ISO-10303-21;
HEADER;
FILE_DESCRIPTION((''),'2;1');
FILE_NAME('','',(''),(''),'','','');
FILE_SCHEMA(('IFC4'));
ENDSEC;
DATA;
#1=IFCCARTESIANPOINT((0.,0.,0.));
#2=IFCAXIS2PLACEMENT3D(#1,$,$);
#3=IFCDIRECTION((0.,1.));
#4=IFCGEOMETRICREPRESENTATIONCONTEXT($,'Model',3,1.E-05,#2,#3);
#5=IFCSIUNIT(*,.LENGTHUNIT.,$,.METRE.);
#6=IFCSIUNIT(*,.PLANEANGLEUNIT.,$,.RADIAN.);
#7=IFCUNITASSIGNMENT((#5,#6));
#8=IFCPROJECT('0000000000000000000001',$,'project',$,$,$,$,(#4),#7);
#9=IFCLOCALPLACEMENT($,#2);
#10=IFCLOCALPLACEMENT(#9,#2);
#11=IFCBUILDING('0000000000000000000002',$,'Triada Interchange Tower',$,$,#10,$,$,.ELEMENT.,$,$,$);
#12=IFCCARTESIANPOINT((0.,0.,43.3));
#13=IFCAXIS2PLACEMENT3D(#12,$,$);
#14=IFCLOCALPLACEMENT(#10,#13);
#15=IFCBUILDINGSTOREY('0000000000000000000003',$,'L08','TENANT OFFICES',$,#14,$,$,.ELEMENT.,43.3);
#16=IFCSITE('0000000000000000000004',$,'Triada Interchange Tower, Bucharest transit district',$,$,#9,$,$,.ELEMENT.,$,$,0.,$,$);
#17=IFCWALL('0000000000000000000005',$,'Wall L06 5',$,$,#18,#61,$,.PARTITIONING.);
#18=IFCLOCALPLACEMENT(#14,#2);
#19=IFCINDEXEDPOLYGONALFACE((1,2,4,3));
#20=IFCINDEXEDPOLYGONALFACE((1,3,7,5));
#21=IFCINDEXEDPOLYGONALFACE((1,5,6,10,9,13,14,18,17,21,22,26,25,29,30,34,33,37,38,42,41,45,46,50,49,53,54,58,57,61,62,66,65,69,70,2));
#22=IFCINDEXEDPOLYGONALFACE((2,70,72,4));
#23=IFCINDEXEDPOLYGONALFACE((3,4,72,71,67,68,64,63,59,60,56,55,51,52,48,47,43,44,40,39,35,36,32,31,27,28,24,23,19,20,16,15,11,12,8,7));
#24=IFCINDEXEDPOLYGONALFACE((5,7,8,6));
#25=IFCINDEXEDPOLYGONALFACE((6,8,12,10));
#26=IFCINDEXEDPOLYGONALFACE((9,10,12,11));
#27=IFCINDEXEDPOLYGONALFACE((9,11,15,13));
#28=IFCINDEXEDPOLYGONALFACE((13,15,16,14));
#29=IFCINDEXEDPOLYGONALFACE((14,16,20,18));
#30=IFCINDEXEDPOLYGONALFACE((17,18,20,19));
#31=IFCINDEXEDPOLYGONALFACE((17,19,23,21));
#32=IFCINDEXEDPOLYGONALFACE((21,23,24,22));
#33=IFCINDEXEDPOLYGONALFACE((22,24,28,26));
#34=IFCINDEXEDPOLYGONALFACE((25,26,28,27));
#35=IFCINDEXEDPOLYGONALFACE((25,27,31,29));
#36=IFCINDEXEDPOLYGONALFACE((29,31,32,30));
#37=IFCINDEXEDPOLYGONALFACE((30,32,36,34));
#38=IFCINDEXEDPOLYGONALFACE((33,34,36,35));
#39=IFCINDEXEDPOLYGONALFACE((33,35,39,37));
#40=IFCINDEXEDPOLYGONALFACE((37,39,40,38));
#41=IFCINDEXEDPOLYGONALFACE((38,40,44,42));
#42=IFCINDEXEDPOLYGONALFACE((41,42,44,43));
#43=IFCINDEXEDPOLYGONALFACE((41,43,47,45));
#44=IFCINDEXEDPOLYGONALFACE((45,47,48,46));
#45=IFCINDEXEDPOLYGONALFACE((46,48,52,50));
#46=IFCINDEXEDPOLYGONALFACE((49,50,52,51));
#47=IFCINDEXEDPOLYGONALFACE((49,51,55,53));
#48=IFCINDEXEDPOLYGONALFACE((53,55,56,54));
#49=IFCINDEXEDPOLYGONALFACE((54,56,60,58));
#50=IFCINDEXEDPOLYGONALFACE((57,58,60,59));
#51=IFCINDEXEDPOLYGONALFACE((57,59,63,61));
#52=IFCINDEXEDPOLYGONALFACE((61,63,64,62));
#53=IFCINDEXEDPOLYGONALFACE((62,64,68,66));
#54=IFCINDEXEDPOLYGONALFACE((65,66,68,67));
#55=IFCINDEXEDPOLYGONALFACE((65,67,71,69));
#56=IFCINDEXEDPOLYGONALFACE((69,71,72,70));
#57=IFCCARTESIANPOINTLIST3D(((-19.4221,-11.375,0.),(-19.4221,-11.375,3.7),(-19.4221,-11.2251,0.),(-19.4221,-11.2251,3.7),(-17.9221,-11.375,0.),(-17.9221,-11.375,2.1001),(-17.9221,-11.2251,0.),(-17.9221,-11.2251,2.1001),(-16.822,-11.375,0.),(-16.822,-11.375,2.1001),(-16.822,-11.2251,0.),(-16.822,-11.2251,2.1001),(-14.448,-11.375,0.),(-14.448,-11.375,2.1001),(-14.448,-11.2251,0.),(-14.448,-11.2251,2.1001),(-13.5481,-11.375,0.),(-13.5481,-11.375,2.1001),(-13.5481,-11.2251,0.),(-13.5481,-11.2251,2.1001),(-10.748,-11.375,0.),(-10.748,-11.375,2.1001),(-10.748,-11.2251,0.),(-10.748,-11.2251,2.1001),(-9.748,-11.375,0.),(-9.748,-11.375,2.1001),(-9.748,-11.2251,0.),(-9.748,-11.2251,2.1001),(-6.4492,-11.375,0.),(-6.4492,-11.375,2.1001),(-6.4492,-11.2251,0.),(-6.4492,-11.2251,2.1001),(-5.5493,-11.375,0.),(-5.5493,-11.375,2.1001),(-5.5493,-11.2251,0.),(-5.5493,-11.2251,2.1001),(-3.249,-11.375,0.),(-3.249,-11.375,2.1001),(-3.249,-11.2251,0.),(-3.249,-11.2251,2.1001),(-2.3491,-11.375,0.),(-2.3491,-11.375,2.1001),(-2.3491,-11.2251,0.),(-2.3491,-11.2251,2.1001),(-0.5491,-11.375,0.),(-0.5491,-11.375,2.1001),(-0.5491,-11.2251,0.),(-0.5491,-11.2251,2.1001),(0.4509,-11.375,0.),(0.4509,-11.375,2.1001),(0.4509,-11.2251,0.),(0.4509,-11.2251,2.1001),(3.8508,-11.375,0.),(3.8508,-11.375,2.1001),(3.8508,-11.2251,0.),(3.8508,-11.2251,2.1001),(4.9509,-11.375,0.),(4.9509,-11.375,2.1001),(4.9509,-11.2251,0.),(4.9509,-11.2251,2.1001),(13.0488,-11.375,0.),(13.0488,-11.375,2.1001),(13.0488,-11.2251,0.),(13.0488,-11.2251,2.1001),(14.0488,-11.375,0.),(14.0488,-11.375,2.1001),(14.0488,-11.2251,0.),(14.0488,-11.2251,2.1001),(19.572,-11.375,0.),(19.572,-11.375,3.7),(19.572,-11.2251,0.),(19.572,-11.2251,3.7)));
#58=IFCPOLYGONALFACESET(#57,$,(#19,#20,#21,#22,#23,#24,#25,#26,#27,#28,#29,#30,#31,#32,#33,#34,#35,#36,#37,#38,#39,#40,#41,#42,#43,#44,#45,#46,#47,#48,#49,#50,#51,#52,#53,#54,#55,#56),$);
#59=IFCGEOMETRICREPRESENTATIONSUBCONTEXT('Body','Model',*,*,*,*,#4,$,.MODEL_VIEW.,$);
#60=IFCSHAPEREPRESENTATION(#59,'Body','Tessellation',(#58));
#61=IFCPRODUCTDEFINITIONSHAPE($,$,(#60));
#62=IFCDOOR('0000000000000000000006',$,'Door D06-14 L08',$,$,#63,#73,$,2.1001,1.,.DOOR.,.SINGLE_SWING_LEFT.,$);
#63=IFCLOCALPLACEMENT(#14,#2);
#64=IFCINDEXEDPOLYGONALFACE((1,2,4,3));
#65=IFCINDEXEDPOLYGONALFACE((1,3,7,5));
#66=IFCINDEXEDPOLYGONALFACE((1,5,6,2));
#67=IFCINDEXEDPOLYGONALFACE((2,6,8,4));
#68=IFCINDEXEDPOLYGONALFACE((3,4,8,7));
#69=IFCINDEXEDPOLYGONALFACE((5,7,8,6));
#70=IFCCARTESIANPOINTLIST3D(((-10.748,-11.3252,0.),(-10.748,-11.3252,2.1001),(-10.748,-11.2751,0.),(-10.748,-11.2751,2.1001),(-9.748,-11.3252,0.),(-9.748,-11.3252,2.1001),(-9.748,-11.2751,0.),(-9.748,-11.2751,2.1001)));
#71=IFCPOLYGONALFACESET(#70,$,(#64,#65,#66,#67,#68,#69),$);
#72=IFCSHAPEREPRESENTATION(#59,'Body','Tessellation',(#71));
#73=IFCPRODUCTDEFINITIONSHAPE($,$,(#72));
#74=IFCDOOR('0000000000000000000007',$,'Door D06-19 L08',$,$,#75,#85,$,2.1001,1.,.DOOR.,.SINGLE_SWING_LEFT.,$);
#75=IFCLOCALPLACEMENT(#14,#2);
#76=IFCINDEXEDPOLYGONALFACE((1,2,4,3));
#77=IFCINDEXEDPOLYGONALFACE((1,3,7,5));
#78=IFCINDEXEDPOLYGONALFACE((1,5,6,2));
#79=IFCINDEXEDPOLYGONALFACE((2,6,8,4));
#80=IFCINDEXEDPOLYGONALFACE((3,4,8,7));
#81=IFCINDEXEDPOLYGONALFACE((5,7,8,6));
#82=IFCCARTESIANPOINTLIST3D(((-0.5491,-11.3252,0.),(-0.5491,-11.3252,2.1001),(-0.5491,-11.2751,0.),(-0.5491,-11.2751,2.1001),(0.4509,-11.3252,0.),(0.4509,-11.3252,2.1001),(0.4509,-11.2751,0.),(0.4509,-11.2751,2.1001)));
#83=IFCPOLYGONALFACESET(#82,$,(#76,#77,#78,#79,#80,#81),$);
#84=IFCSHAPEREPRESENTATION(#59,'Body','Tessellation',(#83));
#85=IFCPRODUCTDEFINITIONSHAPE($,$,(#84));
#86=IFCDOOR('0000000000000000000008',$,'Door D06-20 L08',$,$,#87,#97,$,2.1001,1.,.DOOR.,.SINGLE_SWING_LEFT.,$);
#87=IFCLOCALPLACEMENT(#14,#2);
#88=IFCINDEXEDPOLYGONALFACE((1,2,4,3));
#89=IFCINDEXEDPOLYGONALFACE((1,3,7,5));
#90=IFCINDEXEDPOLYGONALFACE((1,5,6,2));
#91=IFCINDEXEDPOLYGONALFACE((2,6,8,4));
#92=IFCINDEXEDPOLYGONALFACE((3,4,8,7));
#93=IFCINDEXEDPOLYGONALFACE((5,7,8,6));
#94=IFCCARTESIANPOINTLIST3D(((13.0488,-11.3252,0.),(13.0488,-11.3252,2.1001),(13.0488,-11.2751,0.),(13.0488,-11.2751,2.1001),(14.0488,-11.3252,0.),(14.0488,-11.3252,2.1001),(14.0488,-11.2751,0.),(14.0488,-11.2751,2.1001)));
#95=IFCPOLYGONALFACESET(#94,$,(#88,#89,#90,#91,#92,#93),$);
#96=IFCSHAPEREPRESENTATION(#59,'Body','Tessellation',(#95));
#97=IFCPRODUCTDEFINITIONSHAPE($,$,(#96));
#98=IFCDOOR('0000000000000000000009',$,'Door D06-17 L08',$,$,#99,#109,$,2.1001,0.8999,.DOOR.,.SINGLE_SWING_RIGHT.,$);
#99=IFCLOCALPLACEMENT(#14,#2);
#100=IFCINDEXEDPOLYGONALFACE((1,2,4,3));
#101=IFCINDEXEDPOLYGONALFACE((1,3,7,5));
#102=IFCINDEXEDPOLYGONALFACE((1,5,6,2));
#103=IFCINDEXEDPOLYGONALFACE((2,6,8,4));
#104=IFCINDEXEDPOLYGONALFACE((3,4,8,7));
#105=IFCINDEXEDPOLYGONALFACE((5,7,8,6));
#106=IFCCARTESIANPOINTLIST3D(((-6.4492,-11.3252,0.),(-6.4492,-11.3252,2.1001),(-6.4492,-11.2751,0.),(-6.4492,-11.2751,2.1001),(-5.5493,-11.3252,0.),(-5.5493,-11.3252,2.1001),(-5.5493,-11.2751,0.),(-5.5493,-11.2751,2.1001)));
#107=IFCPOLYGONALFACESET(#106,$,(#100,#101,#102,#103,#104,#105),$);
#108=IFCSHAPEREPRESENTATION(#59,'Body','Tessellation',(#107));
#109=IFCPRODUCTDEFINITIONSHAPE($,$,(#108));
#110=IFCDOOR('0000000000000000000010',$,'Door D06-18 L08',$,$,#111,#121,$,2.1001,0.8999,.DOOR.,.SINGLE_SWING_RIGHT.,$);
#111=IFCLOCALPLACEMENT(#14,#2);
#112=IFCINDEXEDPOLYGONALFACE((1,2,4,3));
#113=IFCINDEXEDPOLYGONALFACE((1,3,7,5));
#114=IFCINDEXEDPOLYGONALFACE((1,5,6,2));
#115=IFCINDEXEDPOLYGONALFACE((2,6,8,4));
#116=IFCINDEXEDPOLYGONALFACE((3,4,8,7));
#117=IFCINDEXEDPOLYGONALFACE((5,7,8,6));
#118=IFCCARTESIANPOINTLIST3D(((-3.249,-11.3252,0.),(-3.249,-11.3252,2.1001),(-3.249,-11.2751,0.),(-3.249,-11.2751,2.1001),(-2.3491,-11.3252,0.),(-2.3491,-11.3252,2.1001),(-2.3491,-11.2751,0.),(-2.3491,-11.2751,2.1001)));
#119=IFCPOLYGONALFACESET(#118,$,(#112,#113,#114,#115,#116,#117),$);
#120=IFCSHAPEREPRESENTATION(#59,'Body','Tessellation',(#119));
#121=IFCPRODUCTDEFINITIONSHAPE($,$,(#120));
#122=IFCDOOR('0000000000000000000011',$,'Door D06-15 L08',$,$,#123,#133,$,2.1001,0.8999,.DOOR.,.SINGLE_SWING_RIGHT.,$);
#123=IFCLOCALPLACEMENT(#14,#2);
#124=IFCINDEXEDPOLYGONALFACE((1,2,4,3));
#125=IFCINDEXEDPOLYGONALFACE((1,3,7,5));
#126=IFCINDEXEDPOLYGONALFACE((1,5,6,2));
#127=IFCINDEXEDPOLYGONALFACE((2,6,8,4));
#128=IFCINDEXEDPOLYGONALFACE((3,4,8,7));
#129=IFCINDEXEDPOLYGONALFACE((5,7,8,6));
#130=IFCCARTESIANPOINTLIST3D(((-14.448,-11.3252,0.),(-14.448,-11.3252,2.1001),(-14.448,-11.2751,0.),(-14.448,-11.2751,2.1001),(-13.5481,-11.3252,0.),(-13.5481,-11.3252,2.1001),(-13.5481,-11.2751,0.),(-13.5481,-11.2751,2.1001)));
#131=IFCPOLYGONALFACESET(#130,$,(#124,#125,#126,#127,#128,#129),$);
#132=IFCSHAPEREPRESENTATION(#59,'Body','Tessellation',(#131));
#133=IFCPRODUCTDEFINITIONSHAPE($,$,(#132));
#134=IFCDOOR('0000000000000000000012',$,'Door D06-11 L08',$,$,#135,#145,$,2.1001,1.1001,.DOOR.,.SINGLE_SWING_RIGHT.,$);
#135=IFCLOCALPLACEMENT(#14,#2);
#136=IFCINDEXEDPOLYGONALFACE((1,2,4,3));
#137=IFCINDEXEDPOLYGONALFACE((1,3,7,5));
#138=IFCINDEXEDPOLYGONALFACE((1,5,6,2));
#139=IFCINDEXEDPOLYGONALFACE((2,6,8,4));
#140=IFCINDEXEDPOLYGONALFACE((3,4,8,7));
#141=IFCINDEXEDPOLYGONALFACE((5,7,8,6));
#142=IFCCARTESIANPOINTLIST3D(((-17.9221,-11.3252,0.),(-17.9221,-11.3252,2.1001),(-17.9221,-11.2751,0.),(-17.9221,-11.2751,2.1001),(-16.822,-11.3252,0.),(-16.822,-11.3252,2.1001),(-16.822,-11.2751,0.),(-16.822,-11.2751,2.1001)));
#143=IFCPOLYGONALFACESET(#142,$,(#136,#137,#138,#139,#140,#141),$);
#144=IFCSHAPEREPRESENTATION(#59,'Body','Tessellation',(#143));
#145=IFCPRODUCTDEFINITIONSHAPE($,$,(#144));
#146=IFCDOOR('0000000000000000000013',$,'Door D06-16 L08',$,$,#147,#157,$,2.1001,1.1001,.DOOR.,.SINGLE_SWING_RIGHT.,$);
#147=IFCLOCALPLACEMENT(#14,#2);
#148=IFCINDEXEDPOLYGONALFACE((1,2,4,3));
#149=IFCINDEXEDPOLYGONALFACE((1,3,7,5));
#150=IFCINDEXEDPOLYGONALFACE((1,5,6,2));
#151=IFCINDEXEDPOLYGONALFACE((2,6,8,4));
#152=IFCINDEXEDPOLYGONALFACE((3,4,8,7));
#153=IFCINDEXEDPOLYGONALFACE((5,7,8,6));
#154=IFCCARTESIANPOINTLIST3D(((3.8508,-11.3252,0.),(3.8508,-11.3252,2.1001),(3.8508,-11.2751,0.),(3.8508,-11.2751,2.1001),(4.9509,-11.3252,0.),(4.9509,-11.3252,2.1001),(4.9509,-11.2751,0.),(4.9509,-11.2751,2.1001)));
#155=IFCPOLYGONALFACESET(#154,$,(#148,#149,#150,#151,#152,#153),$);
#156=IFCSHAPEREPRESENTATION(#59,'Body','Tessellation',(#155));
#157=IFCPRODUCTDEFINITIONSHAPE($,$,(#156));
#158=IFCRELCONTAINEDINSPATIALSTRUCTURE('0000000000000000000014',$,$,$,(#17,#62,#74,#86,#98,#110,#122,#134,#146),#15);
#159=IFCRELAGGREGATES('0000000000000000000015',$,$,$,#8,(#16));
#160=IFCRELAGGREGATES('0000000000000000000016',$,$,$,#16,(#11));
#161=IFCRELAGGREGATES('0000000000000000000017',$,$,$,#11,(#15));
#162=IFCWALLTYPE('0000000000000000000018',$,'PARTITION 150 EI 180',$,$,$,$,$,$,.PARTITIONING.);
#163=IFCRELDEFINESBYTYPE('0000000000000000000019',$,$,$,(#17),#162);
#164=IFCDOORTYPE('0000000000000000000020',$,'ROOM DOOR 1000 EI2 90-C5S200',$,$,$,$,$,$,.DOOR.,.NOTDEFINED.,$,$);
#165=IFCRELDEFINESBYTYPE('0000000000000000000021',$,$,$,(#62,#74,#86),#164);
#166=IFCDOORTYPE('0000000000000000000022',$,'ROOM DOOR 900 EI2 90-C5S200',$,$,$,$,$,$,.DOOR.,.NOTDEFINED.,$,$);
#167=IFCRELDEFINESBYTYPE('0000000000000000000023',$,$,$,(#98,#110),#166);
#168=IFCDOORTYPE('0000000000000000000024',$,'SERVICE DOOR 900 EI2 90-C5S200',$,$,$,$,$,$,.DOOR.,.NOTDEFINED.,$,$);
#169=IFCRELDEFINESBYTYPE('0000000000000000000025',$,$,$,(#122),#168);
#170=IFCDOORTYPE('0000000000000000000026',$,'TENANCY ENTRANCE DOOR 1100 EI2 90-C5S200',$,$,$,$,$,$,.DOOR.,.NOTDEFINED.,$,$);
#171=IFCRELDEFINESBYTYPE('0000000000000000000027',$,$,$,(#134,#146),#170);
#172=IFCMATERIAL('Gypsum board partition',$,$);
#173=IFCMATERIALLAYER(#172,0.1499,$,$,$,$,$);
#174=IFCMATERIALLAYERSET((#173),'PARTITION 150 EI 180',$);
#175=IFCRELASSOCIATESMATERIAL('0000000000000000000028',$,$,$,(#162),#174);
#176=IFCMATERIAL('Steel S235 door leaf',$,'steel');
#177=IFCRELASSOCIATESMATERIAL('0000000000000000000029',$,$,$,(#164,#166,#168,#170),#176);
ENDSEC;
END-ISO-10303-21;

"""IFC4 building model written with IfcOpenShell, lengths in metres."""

from ifc_helpers import new_model, si_unit, direction, frame, frame_2d, origin, place, context, subcontext, project, spatial, rectangle, extrude, material, layer, layer_set, type_object, element, fill, save


model = new_model("IFC4")

# Units and contexts
model_context = context("Model", 3, precision=1e-05, world=origin(), true_north=direction((0.0, 1.0)))
body_context = subcontext(model_context, "Body", "Model", "MODEL_VIEW")
ifc_project = project(units=[si_unit("LENGTHUNIT", "METRE"), si_unit("PLANEANGLEUNIT", "RADIAN")], contexts=[model_context])

# Site, building, storey
site_placement = place(None, origin())
site = spatial("IfcSite", under=ifc_project, at=site_placement, Name="Triada Interchange Tower, Bucharest transit district", CompositionType="ELEMENT", RefElevation=0.0)
building_placement = place(site_placement, origin())
building = spatial("IfcBuilding", under=site, at=building_placement, Name="Triada Interchange Tower", CompositionType="ELEMENT")
storey_placement = place(building_placement, frame((0.0, 0.0, 43.3)))
storey = spatial("IfcBuildingStorey", under=building, at=storey_placement, Name="L08", Description="TENANT OFFICES", CompositionType="ELEMENT", Elevation=43.3)

# Wall, openings, doors
ifc_material_1 = material(Name="Gypsum board partition")
ifc_layer = layer(ifc_material_1, 0.1499)
ifc_layer_set = layer_set([ifc_layer], Name="PARTITION 150 EI 180")
wall_type = type_object("IfcWallType", Name="PARTITION 150 EI 180", PredefinedType="PARTITIONING", material=ifc_layer_set)
ifc_material_2 = material(Name="Steel S235 door leaf", Category="steel")
door_type_1 = type_object("IfcDoorType", Name="ROOM DOOR 1000 EI2 90-C5S200", OperationType="NOTDEFINED", PredefinedType="DOOR", material=ifc_material_2)
door_type_2 = type_object("IfcDoorType", Name="ROOM DOOR 900 EI2 90-C5S200", OperationType="NOTDEFINED", PredefinedType="DOOR", material=ifc_material_2)
door_type_3 = type_object("IfcDoorType", Name="SERVICE DOOR 900 EI2 90-C5S200", OperationType="NOTDEFINED", PredefinedType="DOOR", material=ifc_material_2)
door_type_4 = type_object("IfcDoorType", Name="TENANCY ENTRANCE DOOR 1100 EI2 90-C5S200", OperationType="NOTDEFINED", PredefinedType="DOOR", material=ifc_material_2)
wall_1_placement = place(storey_placement, frame((-19.4221, -11.3, 0.0), z_axis=(0.0, 0.0, 1.0), x_axis=(1.0, 0.0, 0.0)))
wall_1 = element("IfcWall", 1, at=wall_1_placement, inside=storey, type_object=wall_type, Name="Wall L06 5", PredefinedType="PARTITIONING", context=body_context, shape_type="SweptSolid", body=[
    extrude(rectangle(XDim=38.9941, YDim=0.1499, at=frame_2d((19.4971, 0.0))), origin(), (0.0, 0.0, 1.0), 3.7),
])
opening_1_placement = place(wall_1_placement, frame((1.5, 0.0, 0.0)))
opening_1 = element("IfcOpeningElement", 2, at=opening_1_placement, cuts=wall_1, PredefinedType="OPENING", context=body_context, shape_type="SweptSolid", body=[
    extrude(rectangle(XDim=1.1001, YDim=2.1001, at=frame_2d((0.55, 1.05))), frame((0.0, 0.085, 0.0), z_axis=(0.0, -1.0, 0.0), x_axis=(1.0, 0.0, 0.0)), (0.0, 0.0, 1.0), 0.1699),
])
opening_2_placement = place(wall_1_placement, frame((8.6741, 0.0, 0.0)))
opening_2 = element("IfcOpeningElement", 3, at=opening_2_placement, cuts=wall_1, PredefinedType="OPENING", context=body_context, shape_type="SweptSolid", body=[
    extrude(rectangle(XDim=1.0, YDim=2.1001, at=frame_2d((0.5, 1.05))), frame((0.0, 0.085, 0.0), z_axis=(0.0, -1.0, 0.0), x_axis=(1.0, 0.0, 0.0)), (0.0, 0.0, 1.0), 0.1699),
])
opening_3_placement = place(wall_1_placement, frame((4.9741, 0.0, 0.0)))
opening_3 = element("IfcOpeningElement", 4, at=opening_3_placement, cuts=wall_1, PredefinedType="OPENING", context=body_context, shape_type="SweptSolid", body=[
    extrude(rectangle(XDim=0.8999, YDim=2.1001, at=frame_2d((0.45, 1.05))), frame((0.0, 0.085, 0.0), z_axis=(0.0, -1.0, 0.0), x_axis=(1.0, 0.0, 0.0)), (0.0, 0.0, 1.0), 0.1699),
])
opening_4_placement = place(wall_1_placement, frame((23.2729, 0.0, 0.0)))
opening_4 = element("IfcOpeningElement", 5, at=opening_4_placement, cuts=wall_1, PredefinedType="OPENING", context=body_context, shape_type="SweptSolid", body=[
    extrude(rectangle(XDim=1.1001, YDim=2.1001, at=frame_2d((0.55, 1.05))), frame((0.0, 0.085, 0.0), z_axis=(0.0, -1.0, 0.0), x_axis=(1.0, 0.0, 0.0)), (0.0, 0.0, 1.0), 0.1699),
])
opening_5_placement = place(wall_1_placement, frame((12.9729, 0.0, 0.0)))
opening_5 = element("IfcOpeningElement", 6, at=opening_5_placement, cuts=wall_1, PredefinedType="OPENING", context=body_context, shape_type="SweptSolid", body=[
    extrude(rectangle(XDim=0.8999, YDim=2.1001, at=frame_2d((0.45, 1.05))), frame((0.0, 0.085, 0.0), z_axis=(0.0, -1.0, 0.0), x_axis=(1.0, 0.0, 0.0)), (0.0, 0.0, 1.0), 0.1699),
])
opening_6_placement = place(wall_1_placement, frame((16.1731, 0.0, 0.0)))
opening_6 = element("IfcOpeningElement", 7, at=opening_6_placement, cuts=wall_1, PredefinedType="OPENING", context=body_context, shape_type="SweptSolid", body=[
    extrude(rectangle(XDim=0.8999, YDim=2.1001, at=frame_2d((0.45, 1.05))), frame((0.0, 0.085, 0.0), z_axis=(0.0, -1.0, 0.0), x_axis=(1.0, 0.0, 0.0)), (0.0, 0.0, 1.0), 0.1699),
])
opening_7_placement = place(wall_1_placement, frame((18.873, 0.0, 0.0)))
opening_7 = element("IfcOpeningElement", 8, at=opening_7_placement, cuts=wall_1, PredefinedType="OPENING", context=body_context, shape_type="SweptSolid", body=[
    extrude(rectangle(XDim=1.0, YDim=2.1001, at=frame_2d((0.5, 1.05))), frame((0.0, 0.085, 0.0), z_axis=(0.0, -1.0, 0.0), x_axis=(1.0, 0.0, 0.0)), (0.0, 0.0, 1.0), 0.1699),
])
opening_8_placement = place(wall_1_placement, frame((32.4709, 0.0, 0.0)))
opening_8 = element("IfcOpeningElement", 9, at=opening_8_placement, cuts=wall_1, PredefinedType="OPENING", context=body_context, shape_type="SweptSolid", body=[
    extrude(rectangle(XDim=1.0, YDim=2.1001, at=frame_2d((0.5, 1.05))), frame((0.0, 0.085, 0.0), z_axis=(0.0, -1.0, 0.0), x_axis=(1.0, 0.0, 0.0)), (0.0, 0.0, 1.0), 0.1699),
])
door_1_placement = place(opening_2_placement, origin())
door_1 = element("IfcDoor", 10, at=door_1_placement, inside=storey, type_object=door_type_1, Name="Door D06-14 L08", OperationType="SINGLE_SWING_LEFT", OverallHeight=2.1001, OverallWidth=1.0, PredefinedType="DOOR", context=body_context, shape_type="SweptSolid", body=[
    extrude(rectangle(XDim=1.0, YDim=2.1001, at=frame_2d((0.5, 1.05))), frame((0.0, 0.0249, 0.0), z_axis=(0.0, -1.0, 0.0), x_axis=(1.0, 0.0, 0.0)), (0.0, 0.0, 1.0), 0.05),
])
fill(opening_2, door_1)
door_2_placement = place(opening_7_placement, origin())
door_2 = element("IfcDoor", 11, at=door_2_placement, inside=storey, type_object=door_type_1, Name="Door D06-19 L08", OperationType="SINGLE_SWING_LEFT", OverallHeight=2.1001, OverallWidth=1.0, PredefinedType="DOOR", context=body_context, shape_type="SweptSolid", body=[
    extrude(rectangle(XDim=1.0, YDim=2.1001, at=frame_2d((0.5, 1.05))), frame((0.0, 0.0249, 0.0), z_axis=(0.0, -1.0, 0.0), x_axis=(1.0, 0.0, 0.0)), (0.0, 0.0, 1.0), 0.05),
])
fill(opening_7, door_2)
door_3_placement = place(opening_8_placement, origin())
door_3 = element("IfcDoor", 12, at=door_3_placement, inside=storey, type_object=door_type_1, Name="Door D06-20 L08", OperationType="SINGLE_SWING_LEFT", OverallHeight=2.1001, OverallWidth=1.0, PredefinedType="DOOR", context=body_context, shape_type="SweptSolid", body=[
    extrude(rectangle(XDim=1.0, YDim=2.1001, at=frame_2d((0.5, 1.05))), frame((0.0, 0.0249, 0.0), z_axis=(0.0, -1.0, 0.0), x_axis=(1.0, 0.0, 0.0)), (0.0, 0.0, 1.0), 0.05),
])
fill(opening_8, door_3)
door_4_placement = place(opening_5_placement, origin())
door_4 = element("IfcDoor", 13, at=door_4_placement, inside=storey, type_object=door_type_2, Name="Door D06-17 L08", OperationType="SINGLE_SWING_RIGHT", OverallHeight=2.1001, OverallWidth=0.8999, PredefinedType="DOOR", context=body_context, shape_type="SweptSolid", body=[
    extrude(rectangle(XDim=0.8999, YDim=2.1001, at=frame_2d((0.45, 1.05))), frame((0.0, 0.0249, 0.0), z_axis=(0.0, -1.0, 0.0), x_axis=(1.0, 0.0, 0.0)), (0.0, 0.0, 1.0), 0.05),
])
fill(opening_5, door_4)
door_5_placement = place(opening_6_placement, origin())
door_5 = element("IfcDoor", 14, at=door_5_placement, inside=storey, type_object=door_type_2, Name="Door D06-18 L08", OperationType="SINGLE_SWING_RIGHT", OverallHeight=2.1001, OverallWidth=0.8999, PredefinedType="DOOR", context=body_context, shape_type="SweptSolid", body=[
    extrude(rectangle(XDim=0.8999, YDim=2.1001, at=frame_2d((0.45, 1.05))), frame((0.0, 0.0249, 0.0), z_axis=(0.0, -1.0, 0.0), x_axis=(1.0, 0.0, 0.0)), (0.0, 0.0, 1.0), 0.05),
])
fill(opening_6, door_5)
door_6_placement = place(opening_3_placement, origin())
door_6 = element("IfcDoor", 15, at=door_6_placement, inside=storey, type_object=door_type_3, Name="Door D06-15 L08", OperationType="SINGLE_SWING_RIGHT", OverallHeight=2.1001, OverallWidth=0.8999, PredefinedType="DOOR", context=body_context, shape_type="SweptSolid", body=[
    extrude(rectangle(XDim=0.8999, YDim=2.1001, at=frame_2d((0.45, 1.05))), frame((0.0, 0.0249, 0.0), z_axis=(0.0, -1.0, 0.0), x_axis=(1.0, 0.0, 0.0)), (0.0, 0.0, 1.0), 0.05),
])
fill(opening_3, door_6)
door_7_placement = place(opening_1_placement, origin())
door_7 = element("IfcDoor", 16, at=door_7_placement, inside=storey, type_object=door_type_4, Name="Door D06-11 L08", OperationType="SINGLE_SWING_RIGHT", OverallHeight=2.1001, OverallWidth=1.1001, PredefinedType="DOOR", context=body_context, shape_type="SweptSolid", body=[
    extrude(rectangle(XDim=1.1001, YDim=2.1001, at=frame_2d((0.55, 1.05))), frame((0.0, 0.0249, 0.0), z_axis=(0.0, -1.0, 0.0), x_axis=(1.0, 0.0, 0.0)), (0.0, 0.0, 1.0), 0.05),
])
fill(opening_1, door_7)
door_8_placement = place(opening_4_placement, origin())
door_8 = element("IfcDoor", 17, at=door_8_placement, inside=storey, type_object=door_type_4, Name="Door D06-16 L08", OperationType="SINGLE_SWING_RIGHT", OverallHeight=2.1001, OverallWidth=1.1001, PredefinedType="DOOR", context=body_context, shape_type="SweptSolid", body=[
    extrude(rectangle(XDim=1.1001, YDim=2.1001, at=frame_2d((0.55, 1.05))), frame((0.0, 0.0249, 0.0), z_axis=(0.0, -1.0, 0.0), x_axis=(1.0, 0.0, 0.0)), (0.0, 0.0, 1.0), 0.05),
])
fill(opening_4, door_8)

save(model, "model.ifc")
